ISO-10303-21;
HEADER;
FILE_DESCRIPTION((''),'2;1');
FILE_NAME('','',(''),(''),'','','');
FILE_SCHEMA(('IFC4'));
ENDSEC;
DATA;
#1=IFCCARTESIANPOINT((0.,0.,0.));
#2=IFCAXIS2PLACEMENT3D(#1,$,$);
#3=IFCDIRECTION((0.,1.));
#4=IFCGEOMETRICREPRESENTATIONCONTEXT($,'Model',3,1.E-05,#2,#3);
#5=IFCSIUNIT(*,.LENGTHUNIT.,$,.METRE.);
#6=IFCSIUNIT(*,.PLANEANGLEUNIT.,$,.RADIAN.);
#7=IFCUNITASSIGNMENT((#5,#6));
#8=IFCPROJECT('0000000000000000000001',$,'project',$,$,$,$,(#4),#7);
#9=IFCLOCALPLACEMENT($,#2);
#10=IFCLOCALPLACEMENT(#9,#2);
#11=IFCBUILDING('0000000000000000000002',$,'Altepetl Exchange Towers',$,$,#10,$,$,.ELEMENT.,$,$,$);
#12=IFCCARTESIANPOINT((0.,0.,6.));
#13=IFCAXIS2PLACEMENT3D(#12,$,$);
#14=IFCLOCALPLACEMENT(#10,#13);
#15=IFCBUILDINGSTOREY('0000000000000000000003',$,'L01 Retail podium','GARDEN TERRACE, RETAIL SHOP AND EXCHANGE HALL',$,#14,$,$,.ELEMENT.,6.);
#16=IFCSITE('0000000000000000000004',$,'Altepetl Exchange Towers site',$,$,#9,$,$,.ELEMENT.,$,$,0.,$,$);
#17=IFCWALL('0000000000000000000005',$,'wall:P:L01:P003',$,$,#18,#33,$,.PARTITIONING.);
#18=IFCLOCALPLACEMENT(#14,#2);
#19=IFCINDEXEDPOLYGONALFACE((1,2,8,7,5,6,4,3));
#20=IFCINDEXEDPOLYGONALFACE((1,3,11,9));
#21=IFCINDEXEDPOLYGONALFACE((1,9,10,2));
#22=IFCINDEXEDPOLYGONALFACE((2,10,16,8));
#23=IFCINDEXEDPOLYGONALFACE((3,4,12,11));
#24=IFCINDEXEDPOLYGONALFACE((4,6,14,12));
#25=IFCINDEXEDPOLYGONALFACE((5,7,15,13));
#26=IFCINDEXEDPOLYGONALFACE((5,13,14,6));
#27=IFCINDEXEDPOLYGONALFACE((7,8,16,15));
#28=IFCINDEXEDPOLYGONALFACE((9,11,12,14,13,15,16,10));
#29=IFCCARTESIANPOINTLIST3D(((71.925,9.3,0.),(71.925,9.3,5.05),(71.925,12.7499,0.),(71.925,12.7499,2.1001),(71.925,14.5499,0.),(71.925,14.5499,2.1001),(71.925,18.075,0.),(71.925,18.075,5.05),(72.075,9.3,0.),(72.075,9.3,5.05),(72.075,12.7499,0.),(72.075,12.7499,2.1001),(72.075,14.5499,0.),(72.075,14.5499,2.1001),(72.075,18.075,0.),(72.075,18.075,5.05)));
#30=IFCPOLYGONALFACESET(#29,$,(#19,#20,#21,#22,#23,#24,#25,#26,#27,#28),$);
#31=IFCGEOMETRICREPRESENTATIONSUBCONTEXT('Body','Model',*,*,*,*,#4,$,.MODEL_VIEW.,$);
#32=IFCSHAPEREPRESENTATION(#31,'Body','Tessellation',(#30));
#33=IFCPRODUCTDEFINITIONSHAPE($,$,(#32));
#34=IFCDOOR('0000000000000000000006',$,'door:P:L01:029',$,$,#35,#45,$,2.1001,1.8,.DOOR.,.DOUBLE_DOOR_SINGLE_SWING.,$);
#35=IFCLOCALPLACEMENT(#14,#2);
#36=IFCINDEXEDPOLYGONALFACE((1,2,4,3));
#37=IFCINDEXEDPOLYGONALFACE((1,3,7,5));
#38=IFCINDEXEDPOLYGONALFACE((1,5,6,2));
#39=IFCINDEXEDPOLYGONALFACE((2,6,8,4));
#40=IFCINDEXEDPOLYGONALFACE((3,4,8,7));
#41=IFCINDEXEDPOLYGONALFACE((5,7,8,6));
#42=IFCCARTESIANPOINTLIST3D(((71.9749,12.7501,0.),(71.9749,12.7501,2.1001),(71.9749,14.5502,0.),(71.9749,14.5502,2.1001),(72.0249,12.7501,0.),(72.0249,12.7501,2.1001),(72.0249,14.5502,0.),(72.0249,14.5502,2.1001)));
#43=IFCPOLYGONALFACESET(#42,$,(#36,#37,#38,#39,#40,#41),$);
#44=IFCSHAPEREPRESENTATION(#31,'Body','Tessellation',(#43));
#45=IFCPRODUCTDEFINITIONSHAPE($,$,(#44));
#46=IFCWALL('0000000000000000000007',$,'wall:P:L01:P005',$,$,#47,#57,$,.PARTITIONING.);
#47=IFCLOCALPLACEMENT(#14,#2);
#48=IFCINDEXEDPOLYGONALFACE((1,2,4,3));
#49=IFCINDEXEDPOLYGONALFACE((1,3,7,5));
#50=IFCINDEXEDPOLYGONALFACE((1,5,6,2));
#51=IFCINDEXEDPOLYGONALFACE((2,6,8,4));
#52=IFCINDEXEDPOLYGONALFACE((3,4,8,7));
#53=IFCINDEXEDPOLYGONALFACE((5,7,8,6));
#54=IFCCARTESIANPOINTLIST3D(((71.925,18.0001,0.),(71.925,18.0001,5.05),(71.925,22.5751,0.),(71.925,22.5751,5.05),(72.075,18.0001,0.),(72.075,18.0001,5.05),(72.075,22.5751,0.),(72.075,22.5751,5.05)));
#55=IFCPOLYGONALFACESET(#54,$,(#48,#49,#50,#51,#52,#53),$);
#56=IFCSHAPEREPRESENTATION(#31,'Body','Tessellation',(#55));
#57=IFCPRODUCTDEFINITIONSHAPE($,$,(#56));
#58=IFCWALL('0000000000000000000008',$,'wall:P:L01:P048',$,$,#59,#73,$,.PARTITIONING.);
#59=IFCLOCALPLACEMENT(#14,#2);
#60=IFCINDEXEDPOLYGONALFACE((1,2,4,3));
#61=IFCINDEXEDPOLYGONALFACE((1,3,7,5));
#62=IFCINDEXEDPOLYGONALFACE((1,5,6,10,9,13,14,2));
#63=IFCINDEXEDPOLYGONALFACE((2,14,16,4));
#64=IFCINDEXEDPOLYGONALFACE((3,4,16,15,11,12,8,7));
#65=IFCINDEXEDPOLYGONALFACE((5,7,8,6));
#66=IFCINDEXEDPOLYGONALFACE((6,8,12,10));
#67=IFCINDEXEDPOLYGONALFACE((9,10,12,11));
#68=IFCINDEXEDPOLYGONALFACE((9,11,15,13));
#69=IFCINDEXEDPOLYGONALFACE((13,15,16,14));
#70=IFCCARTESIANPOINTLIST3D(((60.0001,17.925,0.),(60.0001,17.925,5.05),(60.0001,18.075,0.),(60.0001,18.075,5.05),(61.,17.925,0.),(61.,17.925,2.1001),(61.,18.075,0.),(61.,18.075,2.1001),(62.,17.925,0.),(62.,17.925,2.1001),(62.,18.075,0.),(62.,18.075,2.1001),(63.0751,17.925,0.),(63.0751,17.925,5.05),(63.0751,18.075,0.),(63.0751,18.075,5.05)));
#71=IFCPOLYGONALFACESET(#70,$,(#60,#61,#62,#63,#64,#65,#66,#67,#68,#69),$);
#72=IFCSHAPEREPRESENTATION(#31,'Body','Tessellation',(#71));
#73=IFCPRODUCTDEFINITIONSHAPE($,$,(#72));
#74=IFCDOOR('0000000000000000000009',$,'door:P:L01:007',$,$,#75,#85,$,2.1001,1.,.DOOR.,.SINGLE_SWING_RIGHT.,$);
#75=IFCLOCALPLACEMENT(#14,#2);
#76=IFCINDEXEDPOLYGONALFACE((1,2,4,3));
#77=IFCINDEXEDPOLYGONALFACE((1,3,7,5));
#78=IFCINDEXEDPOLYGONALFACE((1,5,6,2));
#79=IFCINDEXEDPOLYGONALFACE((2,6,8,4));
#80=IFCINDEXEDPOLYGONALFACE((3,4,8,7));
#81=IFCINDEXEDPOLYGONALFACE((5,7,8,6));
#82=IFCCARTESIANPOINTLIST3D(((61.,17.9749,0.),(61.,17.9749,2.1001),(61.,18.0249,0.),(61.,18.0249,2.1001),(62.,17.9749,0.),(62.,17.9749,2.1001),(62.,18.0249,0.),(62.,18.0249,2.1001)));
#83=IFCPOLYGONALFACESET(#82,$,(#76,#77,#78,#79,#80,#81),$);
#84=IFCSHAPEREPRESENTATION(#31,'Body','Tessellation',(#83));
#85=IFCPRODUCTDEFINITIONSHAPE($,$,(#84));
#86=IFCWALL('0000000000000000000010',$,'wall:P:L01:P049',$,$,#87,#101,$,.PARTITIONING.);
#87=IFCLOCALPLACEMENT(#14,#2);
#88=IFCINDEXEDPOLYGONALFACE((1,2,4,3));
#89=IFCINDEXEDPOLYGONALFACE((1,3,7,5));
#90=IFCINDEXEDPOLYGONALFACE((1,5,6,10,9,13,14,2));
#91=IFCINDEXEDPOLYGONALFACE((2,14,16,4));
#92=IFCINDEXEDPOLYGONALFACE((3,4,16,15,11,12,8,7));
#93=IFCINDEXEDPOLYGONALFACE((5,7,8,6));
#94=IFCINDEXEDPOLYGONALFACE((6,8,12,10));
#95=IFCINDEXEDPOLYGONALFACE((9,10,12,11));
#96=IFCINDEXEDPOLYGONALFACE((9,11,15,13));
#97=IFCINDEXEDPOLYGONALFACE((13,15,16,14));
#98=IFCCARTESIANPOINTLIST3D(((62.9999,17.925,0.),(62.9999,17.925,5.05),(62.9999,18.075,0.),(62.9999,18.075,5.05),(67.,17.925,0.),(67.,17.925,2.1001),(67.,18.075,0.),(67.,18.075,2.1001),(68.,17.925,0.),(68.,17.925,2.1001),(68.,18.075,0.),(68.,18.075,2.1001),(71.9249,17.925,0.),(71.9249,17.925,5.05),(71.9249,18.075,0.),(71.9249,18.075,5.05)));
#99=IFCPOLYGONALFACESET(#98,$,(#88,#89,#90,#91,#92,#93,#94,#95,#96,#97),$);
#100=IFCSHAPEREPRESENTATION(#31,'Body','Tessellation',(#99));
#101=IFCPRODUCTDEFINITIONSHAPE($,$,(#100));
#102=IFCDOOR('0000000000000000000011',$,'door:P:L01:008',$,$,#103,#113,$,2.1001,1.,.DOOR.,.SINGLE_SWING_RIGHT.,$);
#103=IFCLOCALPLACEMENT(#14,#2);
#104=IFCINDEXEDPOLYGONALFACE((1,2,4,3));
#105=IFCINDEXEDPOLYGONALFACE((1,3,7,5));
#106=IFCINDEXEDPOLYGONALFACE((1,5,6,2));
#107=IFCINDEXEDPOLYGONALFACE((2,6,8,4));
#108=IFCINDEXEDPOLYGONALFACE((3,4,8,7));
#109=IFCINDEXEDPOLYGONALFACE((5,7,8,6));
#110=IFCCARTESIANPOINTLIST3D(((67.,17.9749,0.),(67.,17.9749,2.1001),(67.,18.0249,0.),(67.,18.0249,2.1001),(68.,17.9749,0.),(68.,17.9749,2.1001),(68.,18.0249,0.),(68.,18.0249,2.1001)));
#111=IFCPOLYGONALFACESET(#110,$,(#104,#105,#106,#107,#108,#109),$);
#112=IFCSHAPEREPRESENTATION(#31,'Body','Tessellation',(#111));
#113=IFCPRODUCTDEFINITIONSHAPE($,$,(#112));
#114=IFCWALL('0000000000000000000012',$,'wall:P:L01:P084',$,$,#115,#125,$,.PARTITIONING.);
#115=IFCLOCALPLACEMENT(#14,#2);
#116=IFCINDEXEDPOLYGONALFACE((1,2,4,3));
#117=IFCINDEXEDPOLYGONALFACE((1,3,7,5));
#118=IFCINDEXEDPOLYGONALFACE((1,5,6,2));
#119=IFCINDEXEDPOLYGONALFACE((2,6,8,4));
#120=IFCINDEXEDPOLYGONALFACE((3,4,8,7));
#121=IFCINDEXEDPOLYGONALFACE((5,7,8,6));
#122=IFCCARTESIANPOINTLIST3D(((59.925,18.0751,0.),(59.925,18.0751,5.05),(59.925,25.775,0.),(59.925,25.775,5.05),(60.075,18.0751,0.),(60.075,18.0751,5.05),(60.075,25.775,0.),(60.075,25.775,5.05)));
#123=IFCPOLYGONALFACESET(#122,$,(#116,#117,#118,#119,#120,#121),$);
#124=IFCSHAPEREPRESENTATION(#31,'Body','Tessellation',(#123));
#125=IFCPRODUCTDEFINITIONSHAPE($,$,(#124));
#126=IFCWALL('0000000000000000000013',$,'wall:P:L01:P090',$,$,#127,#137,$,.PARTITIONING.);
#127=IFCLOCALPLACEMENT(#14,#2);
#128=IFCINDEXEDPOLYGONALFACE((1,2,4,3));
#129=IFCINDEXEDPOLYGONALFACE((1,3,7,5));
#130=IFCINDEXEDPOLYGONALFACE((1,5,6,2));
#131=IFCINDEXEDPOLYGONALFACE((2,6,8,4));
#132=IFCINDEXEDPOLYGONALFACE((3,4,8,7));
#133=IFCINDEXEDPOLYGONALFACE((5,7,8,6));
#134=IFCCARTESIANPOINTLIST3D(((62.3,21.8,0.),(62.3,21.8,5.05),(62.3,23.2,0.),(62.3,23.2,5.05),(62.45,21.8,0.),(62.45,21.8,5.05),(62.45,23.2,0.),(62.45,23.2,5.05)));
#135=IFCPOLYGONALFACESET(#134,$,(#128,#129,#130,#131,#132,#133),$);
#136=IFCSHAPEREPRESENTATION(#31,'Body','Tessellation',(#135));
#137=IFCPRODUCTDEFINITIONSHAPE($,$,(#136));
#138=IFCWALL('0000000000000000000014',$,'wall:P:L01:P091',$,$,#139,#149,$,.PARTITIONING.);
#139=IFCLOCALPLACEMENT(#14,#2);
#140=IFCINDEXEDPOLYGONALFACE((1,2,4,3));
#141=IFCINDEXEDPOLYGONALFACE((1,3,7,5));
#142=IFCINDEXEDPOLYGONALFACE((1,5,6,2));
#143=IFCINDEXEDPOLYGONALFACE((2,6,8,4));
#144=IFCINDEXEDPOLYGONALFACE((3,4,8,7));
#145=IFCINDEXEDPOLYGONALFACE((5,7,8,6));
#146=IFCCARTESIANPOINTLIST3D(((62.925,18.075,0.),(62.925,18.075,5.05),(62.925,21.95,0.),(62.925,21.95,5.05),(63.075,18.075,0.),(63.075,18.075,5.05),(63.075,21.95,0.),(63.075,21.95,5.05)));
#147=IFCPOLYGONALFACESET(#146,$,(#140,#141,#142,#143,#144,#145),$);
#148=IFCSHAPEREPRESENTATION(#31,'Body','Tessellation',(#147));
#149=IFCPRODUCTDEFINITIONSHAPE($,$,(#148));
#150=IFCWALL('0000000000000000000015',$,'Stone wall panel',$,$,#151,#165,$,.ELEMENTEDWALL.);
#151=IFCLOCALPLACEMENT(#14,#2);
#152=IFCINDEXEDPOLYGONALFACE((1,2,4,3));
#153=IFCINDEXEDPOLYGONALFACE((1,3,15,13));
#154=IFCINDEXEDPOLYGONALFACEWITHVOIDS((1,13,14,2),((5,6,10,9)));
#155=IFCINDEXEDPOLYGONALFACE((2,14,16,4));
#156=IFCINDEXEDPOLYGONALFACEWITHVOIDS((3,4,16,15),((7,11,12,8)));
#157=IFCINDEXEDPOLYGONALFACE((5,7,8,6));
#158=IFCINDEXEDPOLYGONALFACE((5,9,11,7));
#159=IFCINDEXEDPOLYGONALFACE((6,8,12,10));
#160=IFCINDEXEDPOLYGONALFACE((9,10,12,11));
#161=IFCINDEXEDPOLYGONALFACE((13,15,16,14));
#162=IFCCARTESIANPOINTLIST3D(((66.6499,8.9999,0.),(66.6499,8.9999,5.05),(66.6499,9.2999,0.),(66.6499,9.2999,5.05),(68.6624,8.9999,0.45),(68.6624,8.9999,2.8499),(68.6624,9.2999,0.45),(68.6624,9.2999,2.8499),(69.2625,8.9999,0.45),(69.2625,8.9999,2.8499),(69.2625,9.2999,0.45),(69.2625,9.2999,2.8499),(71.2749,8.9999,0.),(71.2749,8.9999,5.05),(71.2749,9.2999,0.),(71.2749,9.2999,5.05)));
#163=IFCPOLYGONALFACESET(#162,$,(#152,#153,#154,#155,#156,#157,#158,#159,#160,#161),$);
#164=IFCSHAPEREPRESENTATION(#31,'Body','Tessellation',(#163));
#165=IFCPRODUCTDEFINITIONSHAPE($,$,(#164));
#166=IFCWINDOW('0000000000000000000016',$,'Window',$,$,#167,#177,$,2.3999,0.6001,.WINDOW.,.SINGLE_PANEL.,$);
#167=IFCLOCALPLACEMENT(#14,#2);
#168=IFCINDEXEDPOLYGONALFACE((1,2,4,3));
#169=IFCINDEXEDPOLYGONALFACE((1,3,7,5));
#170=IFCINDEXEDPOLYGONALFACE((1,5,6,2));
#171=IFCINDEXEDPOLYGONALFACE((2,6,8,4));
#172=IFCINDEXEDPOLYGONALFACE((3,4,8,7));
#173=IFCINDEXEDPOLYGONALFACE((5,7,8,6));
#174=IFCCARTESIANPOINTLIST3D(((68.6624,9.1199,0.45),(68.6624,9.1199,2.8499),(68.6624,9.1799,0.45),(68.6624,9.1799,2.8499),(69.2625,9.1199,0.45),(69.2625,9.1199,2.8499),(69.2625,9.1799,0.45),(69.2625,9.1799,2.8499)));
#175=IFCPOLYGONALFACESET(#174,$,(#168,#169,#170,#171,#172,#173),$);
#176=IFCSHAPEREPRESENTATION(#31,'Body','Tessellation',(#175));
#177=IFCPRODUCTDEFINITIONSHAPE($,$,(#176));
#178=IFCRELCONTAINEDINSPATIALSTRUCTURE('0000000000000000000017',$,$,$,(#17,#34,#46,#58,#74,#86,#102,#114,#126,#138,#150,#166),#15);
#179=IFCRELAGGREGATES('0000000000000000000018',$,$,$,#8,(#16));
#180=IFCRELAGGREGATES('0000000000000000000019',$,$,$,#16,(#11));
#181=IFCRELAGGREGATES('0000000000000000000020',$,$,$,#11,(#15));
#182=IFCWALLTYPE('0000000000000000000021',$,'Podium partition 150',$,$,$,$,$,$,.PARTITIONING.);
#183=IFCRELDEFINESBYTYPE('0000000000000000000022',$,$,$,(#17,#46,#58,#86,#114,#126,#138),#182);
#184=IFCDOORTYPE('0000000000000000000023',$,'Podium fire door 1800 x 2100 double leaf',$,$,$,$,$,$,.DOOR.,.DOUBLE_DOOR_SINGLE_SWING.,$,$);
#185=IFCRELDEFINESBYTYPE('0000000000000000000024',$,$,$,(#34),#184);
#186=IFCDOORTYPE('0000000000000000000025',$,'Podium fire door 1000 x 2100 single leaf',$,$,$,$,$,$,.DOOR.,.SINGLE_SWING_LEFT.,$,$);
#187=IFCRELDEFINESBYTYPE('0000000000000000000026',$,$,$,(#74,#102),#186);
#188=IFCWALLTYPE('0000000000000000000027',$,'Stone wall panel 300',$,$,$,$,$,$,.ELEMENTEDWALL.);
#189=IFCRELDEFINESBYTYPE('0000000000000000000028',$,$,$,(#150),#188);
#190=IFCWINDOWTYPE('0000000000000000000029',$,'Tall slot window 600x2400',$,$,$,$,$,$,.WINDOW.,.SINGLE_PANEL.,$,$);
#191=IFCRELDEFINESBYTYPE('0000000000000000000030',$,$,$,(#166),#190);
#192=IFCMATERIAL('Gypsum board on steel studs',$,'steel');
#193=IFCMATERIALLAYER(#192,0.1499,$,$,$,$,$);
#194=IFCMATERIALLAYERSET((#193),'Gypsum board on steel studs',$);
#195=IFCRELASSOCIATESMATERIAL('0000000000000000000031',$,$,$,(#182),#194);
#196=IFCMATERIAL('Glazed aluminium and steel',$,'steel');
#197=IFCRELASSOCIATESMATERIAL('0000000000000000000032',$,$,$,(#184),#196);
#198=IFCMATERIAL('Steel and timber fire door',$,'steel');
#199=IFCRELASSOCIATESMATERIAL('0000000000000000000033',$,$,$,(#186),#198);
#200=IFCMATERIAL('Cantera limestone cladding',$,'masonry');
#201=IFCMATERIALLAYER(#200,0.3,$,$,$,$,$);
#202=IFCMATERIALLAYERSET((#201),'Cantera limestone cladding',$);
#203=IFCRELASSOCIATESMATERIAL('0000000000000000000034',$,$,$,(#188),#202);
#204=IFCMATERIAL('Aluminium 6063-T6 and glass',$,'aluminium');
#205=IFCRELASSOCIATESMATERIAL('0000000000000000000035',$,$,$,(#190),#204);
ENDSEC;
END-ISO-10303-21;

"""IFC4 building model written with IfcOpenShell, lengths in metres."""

from ifc_helpers import new_model, si_unit, direction, frame, frame_2d, origin, place, context, subcontext, project, spatial, rectangle, extrude, material, layer, layer_set, type_object, element, fill, save


model = new_model("IFC4")

# Units and contexts
model_context = context("Model", 3, precision=1e-05, world=origin(), true_north=direction((0.0, 1.0)))
body_context = subcontext(model_context, "Body", "Model", "MODEL_VIEW")
ifc_project = project(units=[si_unit("LENGTHUNIT", "METRE"), si_unit("PLANEANGLEUNIT", "RADIAN")], contexts=[model_context])

# Site, building, storey
site_placement = place(None, origin())
site = spatial("IfcSite", under=ifc_project, at=site_placement, Name="Altepetl Exchange Towers site", CompositionType="ELEMENT", RefElevation=0.0)
building_placement = place(site_placement, origin())
building = spatial("IfcBuilding", under=site, at=building_placement, Name="Altepetl Exchange Towers", CompositionType="ELEMENT")
storey_placement = place(building_placement, frame((0.0, 0.0, 6.0)))
storey = spatial("IfcBuildingStorey", under=building, at=storey_placement, Name="L01 Retail podium", Description="GARDEN TERRACE, RETAIL SHOP AND EXCHANGE HALL", CompositionType="ELEMENT", Elevation=6.0)

# Shared definitions
ifc_material_1 = material(Name="Aluminium 6063-T6 and glass", Category="aluminium")

# Wall, opening, door
ifc_material_2 = material(Name="Gypsum board on steel studs", Category="steel")
ifc_layer_1 = layer(ifc_material_2, 0.1499)
ifc_layer_set_1 = layer_set([ifc_layer_1], Name="Gypsum board on steel studs")
wall_type_1 = type_object("IfcWallType", Name="Podium partition 150", PredefinedType="PARTITIONING", material=ifc_layer_set_1)
wall_1_placement = place(storey_placement, frame((72.0, 9.3, 0.0), z_axis=(0.0, 0.0, 1.0), x_axis=(0.0, 1.0, 0.0)))
wall_1 = element("IfcWall", 1, at=wall_1_placement, inside=storey, type_object=wall_type_1, Name="wall:P:L01:P003", PredefinedType="PARTITIONING", context=body_context, shape_type="SweptSolid", body=[
    extrude(rectangle(XDim=8.7749, YDim=0.1499, at=frame_2d((4.3875, 0.0))), origin(), (0.0, 0.0, 1.0), 5.05),
])
opening_1_placement = place(wall_1_placement, frame((3.45, 0.0, 0.0)))
opening_1 = element("IfcOpeningElement", 2, at=opening_1_placement, cuts=wall_1, PredefinedType="OPENING", context=body_context, shape_type="SweptSolid", body=[
    extrude(rectangle(XDim=1.8, YDim=2.1001, at=frame_2d((0.8999, 1.05))), frame((0.0, 0.085, 0.0), z_axis=(0.0, -1.0, 0.0), x_axis=(1.0, 0.0, 0.0)), (0.0, 0.0, 1.0), 0.1699),
])
ifc_material_3 = material(Name="Glazed aluminium and steel", Category="steel")
door_type_1 = type_object("IfcDoorType", Name="Podium fire door 1800 x 2100 double leaf", OperationType="DOUBLE_DOOR_SINGLE_SWING", PredefinedType="DOOR", material=ifc_material_3)
door_1_placement = place(opening_1_placement, frame((1.8, 0.0, 0.0), x_axis=(-1.0, 0.0, 0.0)))
door_1 = element("IfcDoor", 3, at=door_1_placement, inside=storey, type_object=door_type_1, Name="door:P:L01:029", OperationType="DOUBLE_DOOR_SINGLE_SWING", OverallHeight=2.1001, OverallWidth=1.8, PredefinedType="DOOR", context=body_context, shape_type="SweptSolid", body=[
    extrude(rectangle(XDim=1.8, YDim=2.1001, at=frame_2d((0.8999, 1.05))), frame((0.0, 0.0249, 0.0), z_axis=(0.0, -1.0, 0.0), x_axis=(1.0, 0.0, 0.0)), (0.0, 0.0, 1.0), 0.05),
])
fill(opening_1, door_1)

# Wall
wall_2_placement = place(storey_placement, frame((72.0, 18.0, 0.0), z_axis=(0.0, 0.0, 1.0), x_axis=(0.0, 1.0, 0.0)))
element("IfcWall", 4, at=wall_2_placement, inside=storey, type_object=wall_type_1, Name="wall:P:L01:P005", PredefinedType="PARTITIONING", context=body_context, shape_type="SweptSolid", body=[
    extrude(rectangle(XDim=4.575, YDim=0.1499, at=frame_2d((2.2876, 0.0))), origin(), (0.0, 0.0, 1.0), 5.05),
])

# Walls, openings, doors
wall_3_placement = place(storey_placement, frame((60.0, 18.0, 0.0)))
wall_3 = element("IfcWall", 5, at=wall_3_placement, inside=storey, type_object=wall_type_1, Name="wall:P:L01:P048", PredefinedType="PARTITIONING", context=body_context, shape_type="SweptSolid", body=[
    extrude(rectangle(XDim=3.075, YDim=0.1499, at=frame_2d((1.5376, 0.0))), origin(), (0.0, 0.0, 1.0), 5.05),
])
opening_2_placement = place(wall_3_placement, frame((1.0, 0.0, 0.0)))
opening_2 = element("IfcOpeningElement", 6, at=opening_2_placement, cuts=wall_3, PredefinedType="OPENING", context=body_context, shape_type="SweptSolid", body=[
    extrude(rectangle(XDim=1.0, YDim=2.1001, at=frame_2d((0.5, 1.05))), frame((0.0, 0.085, 0.0), z_axis=(0.0, -1.0, 0.0), x_axis=(1.0, 0.0, 0.0)), (0.0, 0.0, 1.0), 0.1699),
])
ifc_material_4 = material(Name="Steel and timber fire door", Category="steel")
door_type_2 = type_object("IfcDoorType", Name="Podium fire door 1000 x 2100 single leaf", OperationType="SINGLE_SWING_LEFT", PredefinedType="DOOR", material=ifc_material_4)
door_2_placement = place(opening_2_placement, origin())
door_2 = element("IfcDoor", 7, at=door_2_placement, inside=storey, type_object=door_type_2, Name="door:P:L01:007", OperationType="SINGLE_SWING_RIGHT", OverallHeight=2.1001, OverallWidth=1.0, PredefinedType="DOOR", context=body_context, shape_type="SweptSolid", body=[
    extrude(rectangle(XDim=1.0, YDim=2.1001, at=frame_2d((0.5, 1.05))), frame((0.0, 0.0249, 0.0), z_axis=(0.0, -1.0, 0.0), x_axis=(1.0, 0.0, 0.0)), (0.0, 0.0, 1.0), 0.05),
])
fill(opening_2, door_2)
wall_4_placement = place(storey_placement, frame((63.0, 18.0, 0.0)))
wall_4 = element("IfcWall", 8, at=wall_4_placement, inside=storey, type_object=wall_type_1, Name="wall:P:L01:P049", PredefinedType="PARTITIONING", context=body_context, shape_type="SweptSolid", body=[
    extrude(rectangle(XDim=8.925, YDim=0.1499, at=frame_2d((4.4624, 0.0))), origin(), (0.0, 0.0, 1.0), 5.05),
])
opening_3_placement = place(wall_4_placement, frame((4.0, 0.0, 0.0)))
opening_3 = element("IfcOpeningElement", 9, at=opening_3_placement, cuts=wall_4, PredefinedType="OPENING", context=body_context, shape_type="SweptSolid", body=[
    extrude(rectangle(XDim=1.0, YDim=2.1001, at=frame_2d((0.5, 1.05))), frame((0.0, 0.085, 0.0), z_axis=(0.0, -1.0, 0.0), x_axis=(1.0, 0.0, 0.0)), (0.0, 0.0, 1.0), 0.1699),
])
door_3_placement = place(opening_3_placement, origin())
door_3 = element("IfcDoor", 10, at=door_3_placement, inside=storey, type_object=door_type_2, Name="door:P:L01:008", OperationType="SINGLE_SWING_RIGHT", OverallHeight=2.1001, OverallWidth=1.0, PredefinedType="DOOR", context=body_context, shape_type="SweptSolid", body=[
    extrude(rectangle(XDim=1.0, YDim=2.1001, at=frame_2d((0.5, 1.05))), frame((0.0, 0.0249, 0.0), z_axis=(0.0, -1.0, 0.0), x_axis=(1.0, 0.0, 0.0)), (0.0, 0.0, 1.0), 0.05),
])
fill(opening_3, door_3)

# Walls
wall_5_placement = place(storey_placement, frame((60.0, 18.075, 0.0), z_axis=(0.0, 0.0, 1.0), x_axis=(0.0, 1.0, 0.0)))
element("IfcWall", 11, at=wall_5_placement, inside=storey, type_object=wall_type_1, Name="wall:P:L01:P084", PredefinedType="PARTITIONING", context=body_context, shape_type="SweptSolid", body=[
    extrude(rectangle(XDim=7.7, YDim=0.1499, at=frame_2d((3.8501, 0.0))), origin(), (0.0, 0.0, 1.0), 5.05),
])
wall_6_placement = place(storey_placement, frame((62.375, 21.8, 0.0), z_axis=(0.0, 0.0, 1.0), x_axis=(0.0, 1.0, 0.0)))
element("IfcWall", 12, at=wall_6_placement, inside=storey, type_object=wall_type_1, Name="wall:P:L01:P090", PredefinedType="PARTITIONING", context=body_context, shape_type="SweptSolid", body=[
    extrude(rectangle(XDim=1.3999, YDim=0.1499, at=frame_2d((0.7, 0.0))), origin(), (0.0, 0.0, 1.0), 5.05),
])
wall_7_placement = place(storey_placement, frame((63.0, 18.075, 0.0), z_axis=(0.0, 0.0, 1.0), x_axis=(0.0, 1.0, 0.0)))
element("IfcWall", 13, at=wall_7_placement, inside=storey, type_object=wall_type_1, Name="wall:P:L01:P091", PredefinedType="PARTITIONING", context=body_context, shape_type="SweptSolid", body=[
    extrude(rectangle(XDim=3.875, YDim=0.1499, at=frame_2d((1.9375, 0.0))), origin(), (0.0, 0.0, 1.0), 5.05),
])

# Wall, opening, window
ifc_material_5 = material(Name="Cantera limestone cladding", Category="masonry")
ifc_layer_2 = layer(ifc_material_5, 0.3)
ifc_layer_set_2 = layer_set([ifc_layer_2], Name="Cantera limestone cladding")
wall_type_2 = type_object("IfcWallType", Name="Stone wall panel 300", PredefinedType="ELEMENTEDWALL", material=ifc_layer_set_2)
wall_8_placement = place(storey_placement, frame((66.6499, 9.1499, 0.0)))
wall_8 = element("IfcWall", 14, at=wall_8_placement, inside=storey, type_object=wall_type_2, Name="Stone wall panel", PredefinedType="ELEMENTEDWALL", context=body_context, shape_type="SweptSolid", body=[
    extrude(rectangle(XDim=4.625, YDim=0.3, at=frame_2d((2.3125, 0.0))), origin(), (0.0, 0.0, 1.0), 5.05),
])
opening_4_placement = place(wall_8_placement, frame((2.0125, 0.0, 0.45)))
opening_4 = element("IfcOpeningElement", 15, at=opening_4_placement, cuts=wall_8, PredefinedType="OPENING", context=body_context, shape_type="SweptSolid", body=[
    extrude(rectangle(XDim=0.6001, YDim=2.3999, at=frame_2d((0.3, 1.2))), frame((0.0, 0.1602, 0.0), z_axis=(0.0, -1.0, 0.0), x_axis=(1.0, 0.0, 0.0)), (0.0, 0.0, 1.0), 0.3201),
])
window_type = type_object("IfcWindowType", Name="Tall slot window 600x2400", PartitioningType="SINGLE_PANEL", PredefinedType="WINDOW", material=ifc_material_1)
window_placement = place(opening_4_placement, origin())
window = element("IfcWindow", 16, at=window_placement, inside=storey, type_object=window_type, Name="Window", OverallHeight=2.3999, OverallWidth=0.6001, PartitioningType="SINGLE_PANEL", PredefinedType="WINDOW", context=body_context, shape_type="SweptSolid", body=[
    extrude(rectangle(XDim=0.6001, YDim=2.3999, at=frame_2d((0.3, 1.2))), frame((0.0, 0.03, 0.0), z_axis=(0.0, -1.0, 0.0), x_axis=(1.0, 0.0, 0.0)), (0.0, 0.0, 1.0), 0.0601),
])
fill(opening_4, window)

save(model, "model.ifc")
